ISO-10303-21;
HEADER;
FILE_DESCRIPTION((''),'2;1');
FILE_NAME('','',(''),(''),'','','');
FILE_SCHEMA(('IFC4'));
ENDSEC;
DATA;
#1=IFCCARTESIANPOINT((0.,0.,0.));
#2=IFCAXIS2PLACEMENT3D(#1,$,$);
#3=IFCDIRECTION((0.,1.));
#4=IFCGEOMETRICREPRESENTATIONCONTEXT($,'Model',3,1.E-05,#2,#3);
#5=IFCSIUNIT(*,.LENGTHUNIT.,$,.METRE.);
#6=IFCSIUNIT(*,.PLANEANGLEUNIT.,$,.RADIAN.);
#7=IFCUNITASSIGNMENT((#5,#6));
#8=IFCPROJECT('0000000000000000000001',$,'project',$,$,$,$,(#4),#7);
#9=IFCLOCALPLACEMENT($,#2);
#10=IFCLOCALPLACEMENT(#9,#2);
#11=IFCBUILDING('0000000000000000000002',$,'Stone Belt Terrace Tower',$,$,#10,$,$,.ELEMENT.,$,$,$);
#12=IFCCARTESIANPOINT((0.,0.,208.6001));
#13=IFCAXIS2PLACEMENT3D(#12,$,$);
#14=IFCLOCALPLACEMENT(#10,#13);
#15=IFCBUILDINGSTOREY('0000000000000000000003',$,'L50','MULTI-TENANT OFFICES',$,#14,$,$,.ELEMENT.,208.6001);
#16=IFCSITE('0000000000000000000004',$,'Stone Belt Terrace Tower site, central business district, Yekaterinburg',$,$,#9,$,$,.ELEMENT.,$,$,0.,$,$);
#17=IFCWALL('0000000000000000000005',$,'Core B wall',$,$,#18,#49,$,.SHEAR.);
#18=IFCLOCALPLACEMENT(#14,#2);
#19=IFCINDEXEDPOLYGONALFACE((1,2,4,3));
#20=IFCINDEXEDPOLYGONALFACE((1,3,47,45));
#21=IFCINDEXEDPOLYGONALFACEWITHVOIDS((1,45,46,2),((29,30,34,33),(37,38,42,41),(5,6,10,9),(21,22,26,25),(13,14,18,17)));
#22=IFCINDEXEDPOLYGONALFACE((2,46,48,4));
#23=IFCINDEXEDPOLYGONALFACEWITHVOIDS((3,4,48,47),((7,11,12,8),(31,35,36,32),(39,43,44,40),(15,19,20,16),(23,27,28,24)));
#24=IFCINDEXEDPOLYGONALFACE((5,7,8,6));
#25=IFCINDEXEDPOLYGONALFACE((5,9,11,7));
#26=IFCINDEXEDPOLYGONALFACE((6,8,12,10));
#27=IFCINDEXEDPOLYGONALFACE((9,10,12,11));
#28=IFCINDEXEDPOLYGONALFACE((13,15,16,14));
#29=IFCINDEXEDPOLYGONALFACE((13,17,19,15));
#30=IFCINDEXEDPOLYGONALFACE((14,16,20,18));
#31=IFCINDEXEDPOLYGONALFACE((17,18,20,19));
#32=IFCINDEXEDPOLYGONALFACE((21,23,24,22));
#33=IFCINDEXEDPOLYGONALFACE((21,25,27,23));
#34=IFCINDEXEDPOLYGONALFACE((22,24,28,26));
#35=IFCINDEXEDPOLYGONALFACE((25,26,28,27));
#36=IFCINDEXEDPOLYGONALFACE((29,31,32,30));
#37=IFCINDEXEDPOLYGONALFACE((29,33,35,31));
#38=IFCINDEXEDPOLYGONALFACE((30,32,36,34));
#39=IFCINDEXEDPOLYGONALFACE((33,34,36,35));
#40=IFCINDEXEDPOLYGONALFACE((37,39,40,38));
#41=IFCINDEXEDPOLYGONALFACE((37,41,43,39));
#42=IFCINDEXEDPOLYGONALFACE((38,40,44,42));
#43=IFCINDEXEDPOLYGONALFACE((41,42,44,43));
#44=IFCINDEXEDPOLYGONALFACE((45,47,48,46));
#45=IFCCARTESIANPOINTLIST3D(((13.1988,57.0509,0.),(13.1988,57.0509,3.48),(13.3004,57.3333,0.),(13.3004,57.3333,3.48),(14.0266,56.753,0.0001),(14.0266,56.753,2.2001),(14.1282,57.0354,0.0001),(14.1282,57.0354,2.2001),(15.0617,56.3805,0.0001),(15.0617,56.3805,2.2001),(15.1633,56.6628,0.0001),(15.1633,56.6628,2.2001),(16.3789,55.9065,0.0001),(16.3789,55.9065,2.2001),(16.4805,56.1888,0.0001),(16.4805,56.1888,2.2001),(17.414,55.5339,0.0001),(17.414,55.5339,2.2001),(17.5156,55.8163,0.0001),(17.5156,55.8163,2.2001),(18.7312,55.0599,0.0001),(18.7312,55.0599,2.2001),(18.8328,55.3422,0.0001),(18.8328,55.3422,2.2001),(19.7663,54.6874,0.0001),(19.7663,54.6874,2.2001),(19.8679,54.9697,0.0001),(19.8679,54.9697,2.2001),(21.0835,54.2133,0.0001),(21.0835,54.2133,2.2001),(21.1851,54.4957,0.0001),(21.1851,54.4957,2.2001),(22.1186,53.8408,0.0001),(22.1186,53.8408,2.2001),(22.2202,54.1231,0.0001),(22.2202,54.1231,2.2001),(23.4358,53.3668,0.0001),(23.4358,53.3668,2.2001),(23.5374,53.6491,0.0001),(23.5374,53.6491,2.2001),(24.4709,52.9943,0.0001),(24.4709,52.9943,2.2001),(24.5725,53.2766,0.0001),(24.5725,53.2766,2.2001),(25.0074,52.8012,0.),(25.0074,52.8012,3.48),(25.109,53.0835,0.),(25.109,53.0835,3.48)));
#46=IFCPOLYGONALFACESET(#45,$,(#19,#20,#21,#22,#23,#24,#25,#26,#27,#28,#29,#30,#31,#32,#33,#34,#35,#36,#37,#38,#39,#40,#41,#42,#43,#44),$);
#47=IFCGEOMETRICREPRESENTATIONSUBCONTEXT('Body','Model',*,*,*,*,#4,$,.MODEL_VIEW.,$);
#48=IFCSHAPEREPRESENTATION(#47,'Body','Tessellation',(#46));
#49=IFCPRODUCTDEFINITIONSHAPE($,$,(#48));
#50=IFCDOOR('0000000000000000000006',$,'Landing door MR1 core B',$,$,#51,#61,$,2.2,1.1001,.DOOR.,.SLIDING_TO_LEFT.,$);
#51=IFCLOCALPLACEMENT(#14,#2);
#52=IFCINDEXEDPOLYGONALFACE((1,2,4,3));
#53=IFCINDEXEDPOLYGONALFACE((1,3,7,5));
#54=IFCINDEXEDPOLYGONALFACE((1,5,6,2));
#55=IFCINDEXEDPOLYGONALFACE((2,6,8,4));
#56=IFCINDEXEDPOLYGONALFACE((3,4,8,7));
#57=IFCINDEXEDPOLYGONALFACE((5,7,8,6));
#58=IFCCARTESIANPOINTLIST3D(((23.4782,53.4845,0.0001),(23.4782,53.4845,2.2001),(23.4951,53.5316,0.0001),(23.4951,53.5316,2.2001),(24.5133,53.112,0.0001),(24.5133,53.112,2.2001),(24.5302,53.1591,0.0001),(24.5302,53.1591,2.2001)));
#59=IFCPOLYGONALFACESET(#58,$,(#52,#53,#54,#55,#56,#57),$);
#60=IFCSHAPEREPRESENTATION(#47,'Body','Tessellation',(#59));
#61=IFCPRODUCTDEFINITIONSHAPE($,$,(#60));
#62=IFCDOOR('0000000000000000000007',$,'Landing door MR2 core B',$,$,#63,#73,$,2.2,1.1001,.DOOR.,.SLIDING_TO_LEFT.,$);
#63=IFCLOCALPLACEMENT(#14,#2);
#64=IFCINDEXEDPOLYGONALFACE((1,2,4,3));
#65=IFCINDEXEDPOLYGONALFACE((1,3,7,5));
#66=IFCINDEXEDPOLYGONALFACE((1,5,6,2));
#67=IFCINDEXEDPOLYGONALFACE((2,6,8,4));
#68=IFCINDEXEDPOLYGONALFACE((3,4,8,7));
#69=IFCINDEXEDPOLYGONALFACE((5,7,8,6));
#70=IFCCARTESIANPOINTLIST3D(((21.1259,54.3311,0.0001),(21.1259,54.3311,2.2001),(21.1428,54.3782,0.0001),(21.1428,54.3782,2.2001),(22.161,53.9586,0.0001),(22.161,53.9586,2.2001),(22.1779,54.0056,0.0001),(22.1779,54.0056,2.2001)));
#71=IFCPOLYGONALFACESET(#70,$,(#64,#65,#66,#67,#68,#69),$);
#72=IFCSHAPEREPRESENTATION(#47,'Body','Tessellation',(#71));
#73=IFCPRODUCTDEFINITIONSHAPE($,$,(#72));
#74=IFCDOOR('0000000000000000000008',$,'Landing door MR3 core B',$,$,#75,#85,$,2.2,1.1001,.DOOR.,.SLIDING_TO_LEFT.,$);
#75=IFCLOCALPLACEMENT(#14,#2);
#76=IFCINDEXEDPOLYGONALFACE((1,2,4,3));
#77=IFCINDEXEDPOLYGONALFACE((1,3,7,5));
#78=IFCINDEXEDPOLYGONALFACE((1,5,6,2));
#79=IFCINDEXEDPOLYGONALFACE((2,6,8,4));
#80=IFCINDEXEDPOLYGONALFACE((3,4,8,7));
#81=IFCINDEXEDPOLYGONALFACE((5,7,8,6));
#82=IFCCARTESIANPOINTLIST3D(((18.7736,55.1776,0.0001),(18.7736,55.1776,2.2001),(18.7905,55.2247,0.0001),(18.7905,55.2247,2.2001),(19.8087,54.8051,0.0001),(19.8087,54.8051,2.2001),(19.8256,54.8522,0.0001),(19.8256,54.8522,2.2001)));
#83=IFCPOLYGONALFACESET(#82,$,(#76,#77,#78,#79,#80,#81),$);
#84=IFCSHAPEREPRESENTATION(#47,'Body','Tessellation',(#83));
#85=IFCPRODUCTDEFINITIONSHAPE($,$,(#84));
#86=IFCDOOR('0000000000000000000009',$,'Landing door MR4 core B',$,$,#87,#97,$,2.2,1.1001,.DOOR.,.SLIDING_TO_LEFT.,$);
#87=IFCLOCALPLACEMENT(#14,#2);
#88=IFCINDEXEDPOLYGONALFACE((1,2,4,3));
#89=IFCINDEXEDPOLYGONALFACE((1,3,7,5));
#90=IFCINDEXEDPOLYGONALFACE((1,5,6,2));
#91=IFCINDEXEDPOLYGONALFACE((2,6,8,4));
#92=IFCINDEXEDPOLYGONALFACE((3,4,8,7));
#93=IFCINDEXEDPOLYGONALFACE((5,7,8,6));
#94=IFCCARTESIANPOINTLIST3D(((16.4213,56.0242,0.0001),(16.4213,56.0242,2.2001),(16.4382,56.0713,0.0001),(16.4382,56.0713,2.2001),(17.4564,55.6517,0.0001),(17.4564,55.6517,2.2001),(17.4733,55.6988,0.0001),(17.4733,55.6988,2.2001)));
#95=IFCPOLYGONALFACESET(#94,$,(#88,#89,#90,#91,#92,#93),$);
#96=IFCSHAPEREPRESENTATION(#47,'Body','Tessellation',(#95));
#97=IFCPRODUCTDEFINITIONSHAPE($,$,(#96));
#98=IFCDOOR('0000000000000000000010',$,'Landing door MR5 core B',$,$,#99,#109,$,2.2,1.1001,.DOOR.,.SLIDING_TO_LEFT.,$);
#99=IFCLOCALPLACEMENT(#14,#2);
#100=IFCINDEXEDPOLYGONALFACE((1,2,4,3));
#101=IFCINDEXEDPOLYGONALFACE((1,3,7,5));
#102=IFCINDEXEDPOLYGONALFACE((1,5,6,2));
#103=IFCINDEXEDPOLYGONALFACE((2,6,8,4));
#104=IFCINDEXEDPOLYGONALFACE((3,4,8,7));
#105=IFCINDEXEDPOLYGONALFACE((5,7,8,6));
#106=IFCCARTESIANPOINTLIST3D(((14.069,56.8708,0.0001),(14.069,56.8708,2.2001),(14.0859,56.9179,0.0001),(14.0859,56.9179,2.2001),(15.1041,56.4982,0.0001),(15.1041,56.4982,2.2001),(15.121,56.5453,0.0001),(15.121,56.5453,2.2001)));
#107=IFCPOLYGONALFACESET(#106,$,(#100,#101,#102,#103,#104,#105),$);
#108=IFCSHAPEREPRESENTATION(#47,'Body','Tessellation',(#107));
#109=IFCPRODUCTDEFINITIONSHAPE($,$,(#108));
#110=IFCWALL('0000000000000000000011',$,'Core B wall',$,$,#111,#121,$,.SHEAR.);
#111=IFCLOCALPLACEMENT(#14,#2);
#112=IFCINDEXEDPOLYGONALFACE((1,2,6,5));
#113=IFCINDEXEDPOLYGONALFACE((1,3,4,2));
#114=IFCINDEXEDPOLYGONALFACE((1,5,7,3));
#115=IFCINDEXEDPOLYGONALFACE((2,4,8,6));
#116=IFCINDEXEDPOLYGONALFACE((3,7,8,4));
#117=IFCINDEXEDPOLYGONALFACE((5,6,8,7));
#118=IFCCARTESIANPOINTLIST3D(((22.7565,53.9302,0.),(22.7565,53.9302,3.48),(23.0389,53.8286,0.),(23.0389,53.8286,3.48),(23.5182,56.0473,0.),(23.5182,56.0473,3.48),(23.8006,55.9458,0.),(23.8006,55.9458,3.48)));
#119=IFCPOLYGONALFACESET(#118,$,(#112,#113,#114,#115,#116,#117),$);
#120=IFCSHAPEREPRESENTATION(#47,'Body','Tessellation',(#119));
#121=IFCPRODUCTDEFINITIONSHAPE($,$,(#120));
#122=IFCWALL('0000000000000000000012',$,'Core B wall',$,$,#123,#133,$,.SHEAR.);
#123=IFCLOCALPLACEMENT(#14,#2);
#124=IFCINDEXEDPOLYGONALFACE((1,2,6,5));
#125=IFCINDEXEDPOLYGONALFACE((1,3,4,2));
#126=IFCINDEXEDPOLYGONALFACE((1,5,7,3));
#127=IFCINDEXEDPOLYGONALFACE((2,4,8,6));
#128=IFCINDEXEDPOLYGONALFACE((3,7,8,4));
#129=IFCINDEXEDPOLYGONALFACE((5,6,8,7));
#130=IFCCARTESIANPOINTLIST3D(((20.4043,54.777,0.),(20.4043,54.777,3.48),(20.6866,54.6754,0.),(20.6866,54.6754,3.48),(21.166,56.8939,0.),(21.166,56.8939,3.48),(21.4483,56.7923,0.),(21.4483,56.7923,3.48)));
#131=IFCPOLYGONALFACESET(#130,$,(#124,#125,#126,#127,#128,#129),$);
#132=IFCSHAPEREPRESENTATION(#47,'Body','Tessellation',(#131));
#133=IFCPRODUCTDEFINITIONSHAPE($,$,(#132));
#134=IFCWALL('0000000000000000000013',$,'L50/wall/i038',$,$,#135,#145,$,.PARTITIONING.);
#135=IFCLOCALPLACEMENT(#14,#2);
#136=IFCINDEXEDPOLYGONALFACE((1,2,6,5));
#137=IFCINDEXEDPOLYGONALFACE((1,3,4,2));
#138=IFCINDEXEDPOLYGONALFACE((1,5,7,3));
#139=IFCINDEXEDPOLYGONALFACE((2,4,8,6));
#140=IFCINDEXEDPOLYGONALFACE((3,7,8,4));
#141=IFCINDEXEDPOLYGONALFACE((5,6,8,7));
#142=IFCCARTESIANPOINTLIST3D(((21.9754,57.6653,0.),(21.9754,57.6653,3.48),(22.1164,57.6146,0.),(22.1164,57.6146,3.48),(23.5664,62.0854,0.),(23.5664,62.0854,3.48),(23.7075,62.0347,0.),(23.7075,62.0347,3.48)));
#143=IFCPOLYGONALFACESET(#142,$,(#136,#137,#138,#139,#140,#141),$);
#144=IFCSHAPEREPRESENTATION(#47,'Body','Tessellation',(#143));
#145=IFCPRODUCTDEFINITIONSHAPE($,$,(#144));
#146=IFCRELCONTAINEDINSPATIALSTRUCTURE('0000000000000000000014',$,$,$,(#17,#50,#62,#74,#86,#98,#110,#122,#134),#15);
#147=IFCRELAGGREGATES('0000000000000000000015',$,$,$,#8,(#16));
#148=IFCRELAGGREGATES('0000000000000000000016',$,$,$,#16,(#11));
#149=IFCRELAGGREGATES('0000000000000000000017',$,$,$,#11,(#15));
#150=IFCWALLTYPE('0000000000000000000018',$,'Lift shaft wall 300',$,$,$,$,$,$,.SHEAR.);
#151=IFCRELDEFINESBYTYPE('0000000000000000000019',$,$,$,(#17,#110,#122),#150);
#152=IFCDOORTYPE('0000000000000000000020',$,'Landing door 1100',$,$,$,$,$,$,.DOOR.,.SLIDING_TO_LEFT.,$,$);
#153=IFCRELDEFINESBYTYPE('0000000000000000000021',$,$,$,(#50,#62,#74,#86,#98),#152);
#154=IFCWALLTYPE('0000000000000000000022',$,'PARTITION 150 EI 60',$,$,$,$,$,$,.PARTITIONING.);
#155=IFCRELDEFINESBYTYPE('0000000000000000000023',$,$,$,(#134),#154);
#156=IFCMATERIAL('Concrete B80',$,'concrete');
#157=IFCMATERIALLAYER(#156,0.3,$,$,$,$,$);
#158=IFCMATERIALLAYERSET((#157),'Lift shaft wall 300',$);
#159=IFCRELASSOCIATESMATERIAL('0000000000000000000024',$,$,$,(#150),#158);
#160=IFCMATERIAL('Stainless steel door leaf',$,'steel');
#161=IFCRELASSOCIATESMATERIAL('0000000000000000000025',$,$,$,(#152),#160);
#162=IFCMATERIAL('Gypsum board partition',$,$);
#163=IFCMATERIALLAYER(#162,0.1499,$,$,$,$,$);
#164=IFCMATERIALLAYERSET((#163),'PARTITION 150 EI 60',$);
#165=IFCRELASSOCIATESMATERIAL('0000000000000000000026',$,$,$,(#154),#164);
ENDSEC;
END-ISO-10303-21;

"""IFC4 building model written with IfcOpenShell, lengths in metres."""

from ifc_helpers import new_model, si_unit, direction, frame, frame_2d, origin, place, context, subcontext, project, spatial, rectangle, extrude, material, layer, layer_set, type_object, element, fill, save


model = new_model("IFC4")

# Units and contexts
model_context = context("Model", 3, precision=1e-05, world=origin(), true_north=direction((0.0, 1.0)))
body_context = subcontext(model_context, "Body", "Model", "MODEL_VIEW")
ifc_project = project(units=[si_unit("LENGTHUNIT", "METRE"), si_unit("PLANEANGLEUNIT", "RADIAN")], contexts=[model_context])

# Site, building, storey
site_placement = place(None, origin())
site = spatial("IfcSite", under=ifc_project, at=site_placement, Name="Stone Belt Terrace Tower site, central business district, Yekaterinburg", CompositionType="ELEMENT", RefElevation=0.0)
building_placement = place(site_placement, origin())
building = spatial("IfcBuilding", under=site, at=building_placement, Name="Stone Belt Terrace Tower", CompositionType="ELEMENT")
storey_placement = place(building_placement, frame((0.0, 0.0, 208.6001)))
storey = spatial("IfcBuildingStorey", under=building, at=storey_placement, Name="L50", Description="MULTI-TENANT OFFICES", CompositionType="ELEMENT", Elevation=208.6001)

# Shared definitions
ifc_material_1 = material(Name="Concrete B80", Category="concrete")
ifc_layer_1 = layer(ifc_material_1, 0.3)
ifc_layer_set_1 = layer_set([ifc_layer_1], Name="Lift shaft wall 300")
wall_type_1 = type_object("IfcWallType", Name="Lift shaft wall 300", PredefinedType="SHEAR", material=ifc_layer_set_1)

# Wall, openings, doors
wall_1_placement = place(storey_placement, frame((25.0581, 52.9424, 0.0), z_axis=(0.0, 0.0, 1.0), x_axis=(-0.940921, 0.338625, 0.0)))
wall_1 = element("IfcWall", 1, at=wall_1_placement, inside=storey, type_object=wall_type_1, Name="Core B wall", PredefinedType="SHEAR", context=body_context, shape_type="SweptSolid", body=[
    extrude(rectangle(XDim=12.55, YDim=0.3, at=frame_2d((6.2749, 0.0))), origin(), (0.0, 0.0, 1.0), 3.48),
])
opening_1_placement = place(wall_1_placement, frame((0.5701, 0.0, 0.0)))
opening_1 = element("IfcOpeningElement", 2, at=opening_1_placement, cuts=wall_1, PredefinedType="OPENING", context=body_context, shape_type="SweptSolid", body=[
    extrude(rectangle(XDim=1.1001, YDim=2.2, at=frame_2d((0.55, 1.1001))), frame((0.0, 0.1599, 0.0), z_axis=(0.0, -1.0, 0.0), x_axis=(1.0, 0.0, 0.0)), (0.0, 0.0, 1.0), 0.3201),
])
opening_2_placement = place(wall_1_placement, frame((3.0701, 0.0, 0.0)))
opening_2 = element("IfcOpeningElement", 3, at=opening_2_placement, cuts=wall_1, PredefinedType="OPENING", context=body_context, shape_type="SweptSolid", body=[
    extrude(rectangle(XDim=1.1001, YDim=2.2, at=frame_2d((0.55, 1.1001))), frame((0.0, 0.1599, 0.0), z_axis=(0.0, -1.0, 0.0), x_axis=(1.0, 0.0, 0.0)), (0.0, 0.0, 1.0), 0.3201),
])
opening_3_placement = place(wall_1_placement, frame((5.5701, 0.0, 0.0)))
opening_3 = element("IfcOpeningElement", 4, at=opening_3_placement, cuts=wall_1, PredefinedType="OPENING", context=body_context, shape_type="SweptSolid", body=[
    extrude(rectangle(XDim=1.1001, YDim=2.2, at=frame_2d((0.55, 1.1001))), frame((0.0, 0.1599, 0.0), z_axis=(0.0, -1.0, 0.0), x_axis=(1.0, 0.0, 0.0)), (0.0, 0.0, 1.0), 0.3201),
])
opening_4_placement = place(wall_1_placement, frame((8.0701, 0.0, 0.0)))
opening_4 = element("IfcOpeningElement", 5, at=opening_4_placement, cuts=wall_1, PredefinedType="OPENING", context=body_context, shape_type="SweptSolid", body=[
    extrude(rectangle(XDim=1.1001, YDim=2.2, at=frame_2d((0.55, 1.1001))), frame((0.0, 0.1599, 0.0), z_axis=(0.0, -1.0, 0.0), x_axis=(1.0, 0.0, 0.0)), (0.0, 0.0, 1.0), 0.3201),
])
opening_5_placement = place(wall_1_placement, frame((10.5701, 0.0, 0.0)))
opening_5 = element("IfcOpeningElement", 6, at=opening_5_placement, cuts=wall_1, PredefinedType="OPENING", context=body_context, shape_type="SweptSolid", body=[
    extrude(rectangle(XDim=1.1001, YDim=2.2, at=frame_2d((0.55, 1.1001))), frame((0.0, 0.1599, 0.0), z_axis=(0.0, -1.0, 0.0), x_axis=(1.0, 0.0, 0.0)), (0.0, 0.0, 1.0), 0.3201),
])
ifc_material_2 = material(Name="Stainless steel door leaf", Category="steel")
door_type_1 = type_object("IfcDoorType", Name="Landing door 1100", OperationType="SLIDING_TO_LEFT", PredefinedType="DOOR", material=ifc_material_2)
door_1_placement = place(opening_1_placement, origin())
door_1 = element("IfcDoor", 7, at=door_1_placement, inside=storey, type_object=door_type_1, Name="Landing door MR1 core B", OperationType="SLIDING_TO_LEFT", OverallHeight=2.2, OverallWidth=1.1001, PredefinedType="DOOR", context=body_context, shape_type="SweptSolid", body=[
    extrude(rectangle(XDim=1.1001, YDim=2.2, at=frame_2d((0.55, 1.1001))), frame((0.0, 0.0249, 0.0), z_axis=(0.0, -1.0, 0.0), x_axis=(1.0, 0.0, 0.0)), (0.0, 0.0, 1.0), 0.05),
])
fill(opening_1, door_1)
door_2_placement = place(opening_2_placement, origin())
door_2 = element("IfcDoor", 8, at=door_2_placement, inside=storey, type_object=door_type_1, Name="Landing door MR2 core B", OperationType="SLIDING_TO_LEFT", OverallHeight=2.2, OverallWidth=1.1001, PredefinedType="DOOR", context=body_context, shape_type="SweptSolid", body=[
    extrude(rectangle(XDim=1.1001, YDim=2.2, at=frame_2d((0.55, 1.1001))), frame((0.0, 0.0249, 0.0), z_axis=(0.0, -1.0, 0.0), x_axis=(1.0, 0.0, 0.0)), (0.0, 0.0, 1.0), 0.05),
])
fill(opening_2, door_2)
door_3_placement = place(opening_3_placement, origin())
door_3 = element("IfcDoor", 9, at=door_3_placement, inside=storey, type_object=door_type_1, Name="Landing door MR3 core B", OperationType="SLIDING_TO_LEFT", OverallHeight=2.2, OverallWidth=1.1001, PredefinedType="DOOR", context=body_context, shape_type="SweptSolid", body=[
    extrude(rectangle(XDim=1.1001, YDim=2.2, at=frame_2d((0.55, 1.1001))), frame((0.0, 0.0249, 0.0), z_axis=(0.0, -1.0, 0.0), x_axis=(1.0, 0.0, 0.0)), (0.0, 0.0, 1.0), 0.05),
])
fill(opening_3, door_3)
door_4_placement = place(opening_4_placement, origin())
door_4 = element("IfcDoor", 10, at=door_4_placement, inside=storey, type_object=door_type_1, Name="Landing door MR4 core B", OperationType="SLIDING_TO_LEFT", OverallHeight=2.2, OverallWidth=1.1001, PredefinedType="DOOR", context=body_context, shape_type="SweptSolid", body=[
    extrude(rectangle(XDim=1.1001, YDim=2.2, at=frame_2d((0.55, 1.1001))), frame((0.0, 0.0249, 0.0), z_axis=(0.0, -1.0, 0.0), x_axis=(1.0, 0.0, 0.0)), (0.0, 0.0, 1.0), 0.05),
])
fill(opening_4, door_4)
door_5_placement = place(opening_5_placement, origin())
door_5 = element("IfcDoor", 11, at=door_5_placement, inside=storey, type_object=door_type_1, Name="Landing door MR5 core B", OperationType="SLIDING_TO_LEFT", OverallHeight=2.2, OverallWidth=1.1001, PredefinedType="DOOR", context=body_context, shape_type="SweptSolid", body=[
    extrude(rectangle(XDim=1.1001, YDim=2.2, at=frame_2d((0.55, 1.1001))), frame((0.0, 0.0249, 0.0), z_axis=(0.0, -1.0, 0.0), x_axis=(1.0, 0.0, 0.0)), (0.0, 0.0, 1.0), 0.05),
])
fill(opening_5, door_5)

# Walls
wall_2_placement = place(storey_placement, frame((22.8977, 53.8794, 0.0), z_axis=(0.0, 0.0, 1.0), x_axis=(0.338535, 0.940954, 0.0)))
element("IfcWall", 12, at=wall_2_placement, inside=storey, type_object=wall_type_1, Name="Core B wall", PredefinedType="SHEAR", context=body_context, shape_type="SweptSolid", body=[
    extrude(rectangle(XDim=2.25, YDim=0.3, at=frame_2d((1.125, 0.0))), origin(), (0.0, 0.0, 1.0), 3.48),
])
wall_3_placement = place(storey_placement, frame((20.5454, 54.7261, 0.0), z_axis=(0.0, 0.0, 1.0), x_axis=(0.33857, 0.940941, 0.0)))
element("IfcWall", 13, at=wall_3_placement, inside=storey, type_object=wall_type_1, Name="Core B wall", PredefinedType="SHEAR", context=body_context, shape_type="SweptSolid", body=[
    extrude(rectangle(XDim=2.2498, YDim=0.3, at=frame_2d((1.125, 0.0))), origin(), (0.0, 0.0, 1.0), 3.48),
])
ifc_material_3 = material(Name="Gypsum board partition")
ifc_layer_2 = layer(ifc_material_3, 0.1499)
ifc_layer_set_2 = layer_set([ifc_layer_2], Name="PARTITION 150 EI 60")
wall_type_2 = type_object("IfcWallType", Name="PARTITION 150 EI 60", PredefinedType="PARTITIONING", material=ifc_layer_set_2)
wall_4_placement = place(storey_placement, frame((23.637, 62.0601, 0.0), z_axis=(0.0, 0.0, 1.0), x_axis=(-0.338683, -0.940901, 0.0)))
element("IfcWall", 14, at=wall_4_placement, inside=storey, type_object=wall_type_2, Name="L50/wall/i038", PredefinedType="PARTITIONING", context=body_context, shape_type="SweptSolid", body=[
    extrude(rectangle(XDim=4.6978, YDim=0.1499, at=frame_2d((2.3489, 0.0))), origin(), (0.0, 0.0, 1.0), 3.48),
])

save(model, "model.ifc")
